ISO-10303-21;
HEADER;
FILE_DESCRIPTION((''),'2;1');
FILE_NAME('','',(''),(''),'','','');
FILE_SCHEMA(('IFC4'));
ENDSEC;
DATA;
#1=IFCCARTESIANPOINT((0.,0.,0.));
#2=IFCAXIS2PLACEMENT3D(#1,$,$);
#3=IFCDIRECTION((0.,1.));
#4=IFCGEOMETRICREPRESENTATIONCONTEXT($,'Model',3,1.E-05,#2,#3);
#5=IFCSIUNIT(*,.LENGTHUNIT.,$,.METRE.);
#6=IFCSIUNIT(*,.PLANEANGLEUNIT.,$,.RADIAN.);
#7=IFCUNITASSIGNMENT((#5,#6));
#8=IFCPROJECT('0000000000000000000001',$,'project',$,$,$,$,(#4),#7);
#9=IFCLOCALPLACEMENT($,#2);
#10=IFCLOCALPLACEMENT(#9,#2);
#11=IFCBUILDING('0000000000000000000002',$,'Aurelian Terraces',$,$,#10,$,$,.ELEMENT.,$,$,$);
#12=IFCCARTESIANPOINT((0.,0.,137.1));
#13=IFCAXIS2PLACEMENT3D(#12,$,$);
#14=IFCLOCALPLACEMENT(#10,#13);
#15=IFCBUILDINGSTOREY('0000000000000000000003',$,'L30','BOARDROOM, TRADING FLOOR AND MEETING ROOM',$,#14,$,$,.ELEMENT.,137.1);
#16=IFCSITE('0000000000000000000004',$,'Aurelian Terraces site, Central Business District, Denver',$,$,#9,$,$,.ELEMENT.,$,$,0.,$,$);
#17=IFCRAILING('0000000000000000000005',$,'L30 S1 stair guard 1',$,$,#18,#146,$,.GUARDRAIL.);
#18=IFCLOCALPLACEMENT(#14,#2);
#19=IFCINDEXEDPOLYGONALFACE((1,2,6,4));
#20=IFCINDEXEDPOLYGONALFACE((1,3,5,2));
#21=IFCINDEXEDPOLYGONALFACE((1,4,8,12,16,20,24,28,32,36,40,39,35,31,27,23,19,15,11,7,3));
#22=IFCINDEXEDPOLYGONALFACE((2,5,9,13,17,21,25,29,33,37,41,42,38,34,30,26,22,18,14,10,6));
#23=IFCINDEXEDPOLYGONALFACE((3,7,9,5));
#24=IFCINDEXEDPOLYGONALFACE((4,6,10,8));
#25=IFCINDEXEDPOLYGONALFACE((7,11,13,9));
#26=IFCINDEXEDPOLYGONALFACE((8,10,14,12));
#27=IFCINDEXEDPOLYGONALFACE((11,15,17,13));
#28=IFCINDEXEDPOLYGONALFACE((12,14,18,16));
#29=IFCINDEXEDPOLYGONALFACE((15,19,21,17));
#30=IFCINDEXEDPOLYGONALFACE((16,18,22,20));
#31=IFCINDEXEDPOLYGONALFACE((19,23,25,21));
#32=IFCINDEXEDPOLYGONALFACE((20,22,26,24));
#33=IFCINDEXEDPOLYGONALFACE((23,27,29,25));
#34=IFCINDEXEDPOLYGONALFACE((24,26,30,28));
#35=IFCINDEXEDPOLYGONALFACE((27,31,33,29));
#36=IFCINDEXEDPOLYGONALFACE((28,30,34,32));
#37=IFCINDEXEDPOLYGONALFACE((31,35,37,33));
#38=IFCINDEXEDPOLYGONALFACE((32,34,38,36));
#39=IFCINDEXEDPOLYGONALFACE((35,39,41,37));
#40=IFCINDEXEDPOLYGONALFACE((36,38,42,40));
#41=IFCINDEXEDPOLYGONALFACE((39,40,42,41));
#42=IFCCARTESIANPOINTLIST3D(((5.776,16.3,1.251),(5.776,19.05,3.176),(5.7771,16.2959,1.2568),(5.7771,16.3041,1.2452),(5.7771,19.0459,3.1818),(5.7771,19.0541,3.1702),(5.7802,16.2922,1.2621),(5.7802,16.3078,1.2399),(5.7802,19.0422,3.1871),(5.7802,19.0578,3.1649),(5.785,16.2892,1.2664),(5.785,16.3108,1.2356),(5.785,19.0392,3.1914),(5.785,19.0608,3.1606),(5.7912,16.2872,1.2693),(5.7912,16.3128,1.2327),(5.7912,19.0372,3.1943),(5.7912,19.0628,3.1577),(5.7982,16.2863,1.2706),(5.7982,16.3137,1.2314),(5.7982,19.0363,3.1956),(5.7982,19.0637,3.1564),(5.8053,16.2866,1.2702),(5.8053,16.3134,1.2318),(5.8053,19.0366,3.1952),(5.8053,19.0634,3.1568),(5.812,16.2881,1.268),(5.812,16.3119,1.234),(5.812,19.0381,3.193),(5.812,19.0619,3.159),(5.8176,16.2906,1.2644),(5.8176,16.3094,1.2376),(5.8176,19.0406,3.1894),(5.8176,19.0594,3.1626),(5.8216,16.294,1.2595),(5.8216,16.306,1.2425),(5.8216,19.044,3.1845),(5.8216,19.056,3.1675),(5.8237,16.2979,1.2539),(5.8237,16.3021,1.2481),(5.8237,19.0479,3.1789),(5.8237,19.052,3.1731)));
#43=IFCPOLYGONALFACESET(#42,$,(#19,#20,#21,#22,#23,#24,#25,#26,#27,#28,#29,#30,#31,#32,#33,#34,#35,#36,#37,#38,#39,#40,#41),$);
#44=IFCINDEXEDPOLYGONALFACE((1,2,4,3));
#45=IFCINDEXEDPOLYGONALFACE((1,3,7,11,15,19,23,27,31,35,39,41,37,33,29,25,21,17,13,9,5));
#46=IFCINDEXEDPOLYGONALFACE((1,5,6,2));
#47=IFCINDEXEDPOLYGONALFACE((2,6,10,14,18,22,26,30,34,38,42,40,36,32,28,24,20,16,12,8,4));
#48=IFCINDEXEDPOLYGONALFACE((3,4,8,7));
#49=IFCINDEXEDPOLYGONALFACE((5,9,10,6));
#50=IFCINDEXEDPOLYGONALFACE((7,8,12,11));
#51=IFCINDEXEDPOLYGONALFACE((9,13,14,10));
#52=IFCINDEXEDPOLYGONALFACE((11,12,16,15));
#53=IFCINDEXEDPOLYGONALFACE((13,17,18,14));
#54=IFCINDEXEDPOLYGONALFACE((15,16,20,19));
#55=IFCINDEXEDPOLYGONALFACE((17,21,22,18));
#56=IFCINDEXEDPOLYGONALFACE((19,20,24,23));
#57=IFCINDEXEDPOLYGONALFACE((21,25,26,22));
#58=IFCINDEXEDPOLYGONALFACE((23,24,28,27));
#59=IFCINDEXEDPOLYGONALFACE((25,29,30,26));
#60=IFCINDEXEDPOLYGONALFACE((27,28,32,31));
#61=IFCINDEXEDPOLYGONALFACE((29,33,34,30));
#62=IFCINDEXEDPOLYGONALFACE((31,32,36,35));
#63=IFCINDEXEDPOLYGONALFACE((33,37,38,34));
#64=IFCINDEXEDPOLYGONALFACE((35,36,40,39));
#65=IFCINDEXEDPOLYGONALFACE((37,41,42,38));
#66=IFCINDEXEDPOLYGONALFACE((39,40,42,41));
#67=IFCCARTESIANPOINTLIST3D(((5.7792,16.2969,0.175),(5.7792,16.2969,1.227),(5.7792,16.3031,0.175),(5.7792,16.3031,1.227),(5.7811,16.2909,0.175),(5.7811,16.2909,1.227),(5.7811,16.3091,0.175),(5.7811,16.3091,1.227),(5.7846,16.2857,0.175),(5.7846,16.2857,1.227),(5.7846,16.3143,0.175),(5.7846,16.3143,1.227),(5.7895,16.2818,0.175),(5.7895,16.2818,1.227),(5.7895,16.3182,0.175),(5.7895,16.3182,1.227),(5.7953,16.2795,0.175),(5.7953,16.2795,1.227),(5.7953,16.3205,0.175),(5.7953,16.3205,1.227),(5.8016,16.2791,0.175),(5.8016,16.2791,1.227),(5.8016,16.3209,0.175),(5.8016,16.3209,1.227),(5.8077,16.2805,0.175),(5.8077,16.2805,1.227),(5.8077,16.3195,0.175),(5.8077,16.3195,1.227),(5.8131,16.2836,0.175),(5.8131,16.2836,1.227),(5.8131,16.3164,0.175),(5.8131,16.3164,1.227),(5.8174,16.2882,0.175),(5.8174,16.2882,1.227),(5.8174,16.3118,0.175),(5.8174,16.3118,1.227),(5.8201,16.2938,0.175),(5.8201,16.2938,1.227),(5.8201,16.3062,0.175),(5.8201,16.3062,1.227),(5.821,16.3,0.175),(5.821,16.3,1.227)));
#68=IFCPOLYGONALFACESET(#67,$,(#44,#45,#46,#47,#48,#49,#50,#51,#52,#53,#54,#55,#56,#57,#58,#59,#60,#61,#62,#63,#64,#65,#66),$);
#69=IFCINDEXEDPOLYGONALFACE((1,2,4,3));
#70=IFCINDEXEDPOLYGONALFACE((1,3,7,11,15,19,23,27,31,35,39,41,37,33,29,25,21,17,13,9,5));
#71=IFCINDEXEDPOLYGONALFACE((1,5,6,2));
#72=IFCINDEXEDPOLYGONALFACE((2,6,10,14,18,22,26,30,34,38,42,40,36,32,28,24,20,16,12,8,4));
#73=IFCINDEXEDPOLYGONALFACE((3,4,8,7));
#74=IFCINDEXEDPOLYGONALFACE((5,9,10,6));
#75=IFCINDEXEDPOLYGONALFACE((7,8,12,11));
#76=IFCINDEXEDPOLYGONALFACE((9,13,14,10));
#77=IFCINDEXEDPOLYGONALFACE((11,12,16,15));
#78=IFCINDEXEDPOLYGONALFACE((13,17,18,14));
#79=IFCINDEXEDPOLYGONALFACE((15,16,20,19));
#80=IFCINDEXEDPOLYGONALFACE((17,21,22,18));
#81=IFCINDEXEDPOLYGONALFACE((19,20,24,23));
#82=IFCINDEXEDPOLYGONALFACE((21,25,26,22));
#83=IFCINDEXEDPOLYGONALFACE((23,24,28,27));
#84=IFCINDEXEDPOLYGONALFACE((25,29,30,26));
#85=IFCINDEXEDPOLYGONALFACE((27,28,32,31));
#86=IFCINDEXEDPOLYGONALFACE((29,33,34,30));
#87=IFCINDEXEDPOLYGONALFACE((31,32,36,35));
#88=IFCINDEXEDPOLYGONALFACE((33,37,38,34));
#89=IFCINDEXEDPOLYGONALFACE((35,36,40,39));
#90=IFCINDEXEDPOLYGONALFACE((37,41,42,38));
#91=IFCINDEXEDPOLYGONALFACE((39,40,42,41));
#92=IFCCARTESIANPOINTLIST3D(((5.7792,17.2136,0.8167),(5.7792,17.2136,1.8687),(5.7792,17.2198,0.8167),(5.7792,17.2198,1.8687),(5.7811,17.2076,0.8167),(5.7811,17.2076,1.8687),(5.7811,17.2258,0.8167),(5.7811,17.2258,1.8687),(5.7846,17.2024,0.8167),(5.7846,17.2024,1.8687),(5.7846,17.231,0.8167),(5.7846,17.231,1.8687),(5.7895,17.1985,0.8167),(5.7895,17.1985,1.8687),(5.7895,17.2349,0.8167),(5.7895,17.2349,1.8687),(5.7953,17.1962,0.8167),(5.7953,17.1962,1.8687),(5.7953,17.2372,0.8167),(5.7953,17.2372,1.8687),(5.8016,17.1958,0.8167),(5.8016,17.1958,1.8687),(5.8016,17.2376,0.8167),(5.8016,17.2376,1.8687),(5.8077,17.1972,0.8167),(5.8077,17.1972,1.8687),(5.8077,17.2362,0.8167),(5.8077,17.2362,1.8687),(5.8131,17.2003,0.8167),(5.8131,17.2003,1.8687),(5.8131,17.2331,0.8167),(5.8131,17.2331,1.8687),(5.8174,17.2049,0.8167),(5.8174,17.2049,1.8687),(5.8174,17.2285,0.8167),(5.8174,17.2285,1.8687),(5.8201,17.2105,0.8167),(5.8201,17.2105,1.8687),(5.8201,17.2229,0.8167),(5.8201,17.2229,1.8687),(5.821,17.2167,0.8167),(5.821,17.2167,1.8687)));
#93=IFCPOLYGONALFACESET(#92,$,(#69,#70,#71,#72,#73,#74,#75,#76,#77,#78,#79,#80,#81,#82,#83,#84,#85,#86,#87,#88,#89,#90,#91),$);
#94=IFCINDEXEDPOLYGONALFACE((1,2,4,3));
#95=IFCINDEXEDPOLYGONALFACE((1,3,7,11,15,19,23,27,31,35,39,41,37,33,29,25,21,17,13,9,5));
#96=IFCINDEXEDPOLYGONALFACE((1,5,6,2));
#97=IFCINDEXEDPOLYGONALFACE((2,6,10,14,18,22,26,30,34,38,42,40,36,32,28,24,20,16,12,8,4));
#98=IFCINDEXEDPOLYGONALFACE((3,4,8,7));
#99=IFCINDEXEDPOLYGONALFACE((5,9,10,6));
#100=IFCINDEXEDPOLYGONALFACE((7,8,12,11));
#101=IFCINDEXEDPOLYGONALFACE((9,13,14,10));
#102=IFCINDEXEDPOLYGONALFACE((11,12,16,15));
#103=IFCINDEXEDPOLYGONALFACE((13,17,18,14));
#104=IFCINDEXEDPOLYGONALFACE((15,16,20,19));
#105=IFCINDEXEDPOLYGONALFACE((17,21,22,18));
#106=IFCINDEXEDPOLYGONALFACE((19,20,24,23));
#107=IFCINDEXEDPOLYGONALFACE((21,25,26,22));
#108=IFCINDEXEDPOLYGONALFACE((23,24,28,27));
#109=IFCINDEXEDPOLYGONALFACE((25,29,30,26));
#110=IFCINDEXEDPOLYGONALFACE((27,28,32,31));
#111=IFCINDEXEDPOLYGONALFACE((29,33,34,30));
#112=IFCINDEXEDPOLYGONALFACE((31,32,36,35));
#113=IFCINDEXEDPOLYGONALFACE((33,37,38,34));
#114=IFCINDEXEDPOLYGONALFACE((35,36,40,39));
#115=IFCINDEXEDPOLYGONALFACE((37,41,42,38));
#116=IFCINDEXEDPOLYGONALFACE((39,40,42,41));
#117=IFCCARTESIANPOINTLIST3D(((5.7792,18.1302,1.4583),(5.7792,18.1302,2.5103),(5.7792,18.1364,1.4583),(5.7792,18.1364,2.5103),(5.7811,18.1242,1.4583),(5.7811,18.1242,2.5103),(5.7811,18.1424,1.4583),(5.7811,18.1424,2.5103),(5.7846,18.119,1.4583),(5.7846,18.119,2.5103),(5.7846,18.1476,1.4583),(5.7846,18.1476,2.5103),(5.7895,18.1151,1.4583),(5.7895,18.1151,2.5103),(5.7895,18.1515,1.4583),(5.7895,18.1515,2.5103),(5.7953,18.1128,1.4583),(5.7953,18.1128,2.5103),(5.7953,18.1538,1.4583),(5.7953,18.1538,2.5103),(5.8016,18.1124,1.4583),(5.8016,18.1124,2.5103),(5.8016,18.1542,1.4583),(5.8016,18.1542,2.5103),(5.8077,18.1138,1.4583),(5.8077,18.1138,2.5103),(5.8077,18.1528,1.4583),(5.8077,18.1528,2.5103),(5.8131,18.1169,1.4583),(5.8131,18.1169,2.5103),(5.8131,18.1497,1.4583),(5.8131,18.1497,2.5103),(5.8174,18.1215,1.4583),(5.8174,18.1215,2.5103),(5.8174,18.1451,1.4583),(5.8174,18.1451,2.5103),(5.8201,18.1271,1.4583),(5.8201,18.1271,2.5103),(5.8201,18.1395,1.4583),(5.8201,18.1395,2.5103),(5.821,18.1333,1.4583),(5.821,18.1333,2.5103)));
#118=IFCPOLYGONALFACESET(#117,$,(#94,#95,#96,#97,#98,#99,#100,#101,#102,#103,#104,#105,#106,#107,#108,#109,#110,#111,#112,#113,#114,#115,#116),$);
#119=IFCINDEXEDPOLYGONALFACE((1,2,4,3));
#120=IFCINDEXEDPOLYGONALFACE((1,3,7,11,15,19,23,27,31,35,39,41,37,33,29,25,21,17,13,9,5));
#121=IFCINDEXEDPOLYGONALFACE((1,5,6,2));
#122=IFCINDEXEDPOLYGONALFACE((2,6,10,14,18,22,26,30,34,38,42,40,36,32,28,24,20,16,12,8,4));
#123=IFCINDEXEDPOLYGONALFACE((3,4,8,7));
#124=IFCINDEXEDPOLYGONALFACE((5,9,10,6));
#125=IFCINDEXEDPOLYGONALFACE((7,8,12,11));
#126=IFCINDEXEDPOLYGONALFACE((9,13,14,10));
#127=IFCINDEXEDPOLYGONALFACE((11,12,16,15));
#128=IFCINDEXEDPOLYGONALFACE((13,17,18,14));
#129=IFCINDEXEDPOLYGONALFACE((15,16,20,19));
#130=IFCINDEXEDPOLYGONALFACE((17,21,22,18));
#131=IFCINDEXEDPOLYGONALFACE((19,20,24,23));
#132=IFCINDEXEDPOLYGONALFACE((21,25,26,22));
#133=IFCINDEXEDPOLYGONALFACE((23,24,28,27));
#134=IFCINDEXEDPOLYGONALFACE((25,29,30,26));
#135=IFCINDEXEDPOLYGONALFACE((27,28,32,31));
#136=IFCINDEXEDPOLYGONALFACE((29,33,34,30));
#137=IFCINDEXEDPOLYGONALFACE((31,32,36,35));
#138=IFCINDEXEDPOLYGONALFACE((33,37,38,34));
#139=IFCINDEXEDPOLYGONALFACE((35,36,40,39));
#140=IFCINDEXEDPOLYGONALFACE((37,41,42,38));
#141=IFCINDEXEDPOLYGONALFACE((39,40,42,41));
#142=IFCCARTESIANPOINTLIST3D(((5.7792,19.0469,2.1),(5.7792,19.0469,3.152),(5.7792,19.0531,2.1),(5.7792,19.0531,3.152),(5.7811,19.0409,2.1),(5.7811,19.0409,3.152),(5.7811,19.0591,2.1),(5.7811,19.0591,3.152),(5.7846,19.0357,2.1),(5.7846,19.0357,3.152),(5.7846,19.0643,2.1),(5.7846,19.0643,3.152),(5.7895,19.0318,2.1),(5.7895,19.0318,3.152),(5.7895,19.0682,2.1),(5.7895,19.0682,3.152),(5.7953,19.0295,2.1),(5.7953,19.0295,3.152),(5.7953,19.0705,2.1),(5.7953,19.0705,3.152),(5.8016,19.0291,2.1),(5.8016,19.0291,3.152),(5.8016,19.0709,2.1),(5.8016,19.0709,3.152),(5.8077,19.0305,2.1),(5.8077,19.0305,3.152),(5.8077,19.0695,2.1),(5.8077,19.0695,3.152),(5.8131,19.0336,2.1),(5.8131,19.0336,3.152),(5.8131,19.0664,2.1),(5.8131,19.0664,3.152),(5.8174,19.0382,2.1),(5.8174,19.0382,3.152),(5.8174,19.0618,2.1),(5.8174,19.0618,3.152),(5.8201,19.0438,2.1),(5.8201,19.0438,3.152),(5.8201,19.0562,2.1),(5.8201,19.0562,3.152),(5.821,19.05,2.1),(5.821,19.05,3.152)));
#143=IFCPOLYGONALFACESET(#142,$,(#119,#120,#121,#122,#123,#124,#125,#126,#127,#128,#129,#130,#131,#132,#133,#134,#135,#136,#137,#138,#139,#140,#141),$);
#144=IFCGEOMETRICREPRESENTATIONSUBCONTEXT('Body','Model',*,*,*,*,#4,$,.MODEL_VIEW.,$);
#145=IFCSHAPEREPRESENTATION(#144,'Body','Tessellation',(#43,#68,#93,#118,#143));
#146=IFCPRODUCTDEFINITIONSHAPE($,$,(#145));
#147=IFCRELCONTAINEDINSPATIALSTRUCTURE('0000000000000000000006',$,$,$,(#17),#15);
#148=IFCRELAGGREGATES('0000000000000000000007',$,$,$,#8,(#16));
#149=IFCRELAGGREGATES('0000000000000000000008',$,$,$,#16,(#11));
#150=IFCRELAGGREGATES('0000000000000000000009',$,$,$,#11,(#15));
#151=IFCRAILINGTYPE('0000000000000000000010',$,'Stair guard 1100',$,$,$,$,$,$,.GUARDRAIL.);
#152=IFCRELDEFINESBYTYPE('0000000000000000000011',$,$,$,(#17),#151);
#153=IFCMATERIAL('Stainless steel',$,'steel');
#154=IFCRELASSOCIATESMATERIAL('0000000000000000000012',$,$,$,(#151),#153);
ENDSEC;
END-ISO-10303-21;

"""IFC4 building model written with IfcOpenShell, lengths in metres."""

from ifc_helpers import new_model, si_unit, direction, frame, origin, origin_2d, place, context, subcontext, project, spatial, circle, extrude, source, transform, mapped, material, type_object, element, save


model = new_model("IFC4")

# Units and contexts
model_context = context("Model", 3, precision=1e-05, world=origin(), true_north=direction((0.0, 1.0)))
body_context = subcontext(model_context, "Body", "Model", "MODEL_VIEW")
ifc_project = project(units=[si_unit("LENGTHUNIT", "METRE"), si_unit("PLANEANGLEUNIT", "RADIAN")], contexts=[model_context])

# Site, building, storey
site_placement = place(None, origin())
site = spatial("IfcSite", under=ifc_project, at=site_placement, Name="Aurelian Terraces site, Central Business District, Denver", CompositionType="ELEMENT", RefElevation=0.0)
building_placement = place(site_placement, origin())
building = spatial("IfcBuilding", under=site, at=building_placement, Name="Aurelian Terraces", CompositionType="ELEMENT")
storey_placement = place(building_placement, frame((0.0, 0.0, 137.1)))
storey = spatial("IfcBuildingStorey", under=building, at=storey_placement, Name="L30", Description="BOARDROOM, TRADING FLOOR AND MEETING ROOM", CompositionType="ELEMENT", Elevation=137.1)

# Shared definitions
ifc_material_1 = material(Name="Stainless steel", Category="steel")

# Railing
railing_type_1 = type_object("IfcRailingType", Name="Stair guard 1100", PredefinedType="GUARDRAIL", material=ifc_material_1)
shared_shape_1 = source(origin(), body_context, "Body", "SweptSolid", [
    extrude(circle(Radius=0.024, at=origin_2d()), frame((0.0, 0.0, 1.076), z_axis=(0.0, 0.819232, 0.573462), x_axis=(-1.0, 0.0, 0.0)), (0.0, 0.0, 1.0), 3.3568),
    extrude(circle(Radius=0.021, at=origin_2d()), origin(), (0.0, 0.0, 1.0), 1.052),
    extrude(circle(Radius=0.021, at=origin_2d()), frame((0.0, 0.9167, 0.6417)), (0.0, 0.0, 1.0), 1.052),
    extrude(circle(Radius=0.021, at=origin_2d()), frame((0.0, 1.8333, 1.2833)), (0.0, 0.0, 1.0), 1.052),
    extrude(circle(Radius=0.021, at=origin_2d()), frame((0.0, 2.75, 1.925)), (0.0, 0.0, 1.0), 1.052),
])
railing_1_placement = place(storey_placement, frame((5.8, 16.3, 0.175)))
element("IfcRailing", 1, at=railing_1_placement, inside=storey, type_object=railing_type_1, Name="L30 S1 stair guard 1", PredefinedType="GUARDRAIL", context=body_context, shape_type="MappedRepresentation", body=[
    mapped(shared_shape_1, transform((0.0, 0.0, 0.0), scale=1.0)),
])

save(model, "model.ifc")
